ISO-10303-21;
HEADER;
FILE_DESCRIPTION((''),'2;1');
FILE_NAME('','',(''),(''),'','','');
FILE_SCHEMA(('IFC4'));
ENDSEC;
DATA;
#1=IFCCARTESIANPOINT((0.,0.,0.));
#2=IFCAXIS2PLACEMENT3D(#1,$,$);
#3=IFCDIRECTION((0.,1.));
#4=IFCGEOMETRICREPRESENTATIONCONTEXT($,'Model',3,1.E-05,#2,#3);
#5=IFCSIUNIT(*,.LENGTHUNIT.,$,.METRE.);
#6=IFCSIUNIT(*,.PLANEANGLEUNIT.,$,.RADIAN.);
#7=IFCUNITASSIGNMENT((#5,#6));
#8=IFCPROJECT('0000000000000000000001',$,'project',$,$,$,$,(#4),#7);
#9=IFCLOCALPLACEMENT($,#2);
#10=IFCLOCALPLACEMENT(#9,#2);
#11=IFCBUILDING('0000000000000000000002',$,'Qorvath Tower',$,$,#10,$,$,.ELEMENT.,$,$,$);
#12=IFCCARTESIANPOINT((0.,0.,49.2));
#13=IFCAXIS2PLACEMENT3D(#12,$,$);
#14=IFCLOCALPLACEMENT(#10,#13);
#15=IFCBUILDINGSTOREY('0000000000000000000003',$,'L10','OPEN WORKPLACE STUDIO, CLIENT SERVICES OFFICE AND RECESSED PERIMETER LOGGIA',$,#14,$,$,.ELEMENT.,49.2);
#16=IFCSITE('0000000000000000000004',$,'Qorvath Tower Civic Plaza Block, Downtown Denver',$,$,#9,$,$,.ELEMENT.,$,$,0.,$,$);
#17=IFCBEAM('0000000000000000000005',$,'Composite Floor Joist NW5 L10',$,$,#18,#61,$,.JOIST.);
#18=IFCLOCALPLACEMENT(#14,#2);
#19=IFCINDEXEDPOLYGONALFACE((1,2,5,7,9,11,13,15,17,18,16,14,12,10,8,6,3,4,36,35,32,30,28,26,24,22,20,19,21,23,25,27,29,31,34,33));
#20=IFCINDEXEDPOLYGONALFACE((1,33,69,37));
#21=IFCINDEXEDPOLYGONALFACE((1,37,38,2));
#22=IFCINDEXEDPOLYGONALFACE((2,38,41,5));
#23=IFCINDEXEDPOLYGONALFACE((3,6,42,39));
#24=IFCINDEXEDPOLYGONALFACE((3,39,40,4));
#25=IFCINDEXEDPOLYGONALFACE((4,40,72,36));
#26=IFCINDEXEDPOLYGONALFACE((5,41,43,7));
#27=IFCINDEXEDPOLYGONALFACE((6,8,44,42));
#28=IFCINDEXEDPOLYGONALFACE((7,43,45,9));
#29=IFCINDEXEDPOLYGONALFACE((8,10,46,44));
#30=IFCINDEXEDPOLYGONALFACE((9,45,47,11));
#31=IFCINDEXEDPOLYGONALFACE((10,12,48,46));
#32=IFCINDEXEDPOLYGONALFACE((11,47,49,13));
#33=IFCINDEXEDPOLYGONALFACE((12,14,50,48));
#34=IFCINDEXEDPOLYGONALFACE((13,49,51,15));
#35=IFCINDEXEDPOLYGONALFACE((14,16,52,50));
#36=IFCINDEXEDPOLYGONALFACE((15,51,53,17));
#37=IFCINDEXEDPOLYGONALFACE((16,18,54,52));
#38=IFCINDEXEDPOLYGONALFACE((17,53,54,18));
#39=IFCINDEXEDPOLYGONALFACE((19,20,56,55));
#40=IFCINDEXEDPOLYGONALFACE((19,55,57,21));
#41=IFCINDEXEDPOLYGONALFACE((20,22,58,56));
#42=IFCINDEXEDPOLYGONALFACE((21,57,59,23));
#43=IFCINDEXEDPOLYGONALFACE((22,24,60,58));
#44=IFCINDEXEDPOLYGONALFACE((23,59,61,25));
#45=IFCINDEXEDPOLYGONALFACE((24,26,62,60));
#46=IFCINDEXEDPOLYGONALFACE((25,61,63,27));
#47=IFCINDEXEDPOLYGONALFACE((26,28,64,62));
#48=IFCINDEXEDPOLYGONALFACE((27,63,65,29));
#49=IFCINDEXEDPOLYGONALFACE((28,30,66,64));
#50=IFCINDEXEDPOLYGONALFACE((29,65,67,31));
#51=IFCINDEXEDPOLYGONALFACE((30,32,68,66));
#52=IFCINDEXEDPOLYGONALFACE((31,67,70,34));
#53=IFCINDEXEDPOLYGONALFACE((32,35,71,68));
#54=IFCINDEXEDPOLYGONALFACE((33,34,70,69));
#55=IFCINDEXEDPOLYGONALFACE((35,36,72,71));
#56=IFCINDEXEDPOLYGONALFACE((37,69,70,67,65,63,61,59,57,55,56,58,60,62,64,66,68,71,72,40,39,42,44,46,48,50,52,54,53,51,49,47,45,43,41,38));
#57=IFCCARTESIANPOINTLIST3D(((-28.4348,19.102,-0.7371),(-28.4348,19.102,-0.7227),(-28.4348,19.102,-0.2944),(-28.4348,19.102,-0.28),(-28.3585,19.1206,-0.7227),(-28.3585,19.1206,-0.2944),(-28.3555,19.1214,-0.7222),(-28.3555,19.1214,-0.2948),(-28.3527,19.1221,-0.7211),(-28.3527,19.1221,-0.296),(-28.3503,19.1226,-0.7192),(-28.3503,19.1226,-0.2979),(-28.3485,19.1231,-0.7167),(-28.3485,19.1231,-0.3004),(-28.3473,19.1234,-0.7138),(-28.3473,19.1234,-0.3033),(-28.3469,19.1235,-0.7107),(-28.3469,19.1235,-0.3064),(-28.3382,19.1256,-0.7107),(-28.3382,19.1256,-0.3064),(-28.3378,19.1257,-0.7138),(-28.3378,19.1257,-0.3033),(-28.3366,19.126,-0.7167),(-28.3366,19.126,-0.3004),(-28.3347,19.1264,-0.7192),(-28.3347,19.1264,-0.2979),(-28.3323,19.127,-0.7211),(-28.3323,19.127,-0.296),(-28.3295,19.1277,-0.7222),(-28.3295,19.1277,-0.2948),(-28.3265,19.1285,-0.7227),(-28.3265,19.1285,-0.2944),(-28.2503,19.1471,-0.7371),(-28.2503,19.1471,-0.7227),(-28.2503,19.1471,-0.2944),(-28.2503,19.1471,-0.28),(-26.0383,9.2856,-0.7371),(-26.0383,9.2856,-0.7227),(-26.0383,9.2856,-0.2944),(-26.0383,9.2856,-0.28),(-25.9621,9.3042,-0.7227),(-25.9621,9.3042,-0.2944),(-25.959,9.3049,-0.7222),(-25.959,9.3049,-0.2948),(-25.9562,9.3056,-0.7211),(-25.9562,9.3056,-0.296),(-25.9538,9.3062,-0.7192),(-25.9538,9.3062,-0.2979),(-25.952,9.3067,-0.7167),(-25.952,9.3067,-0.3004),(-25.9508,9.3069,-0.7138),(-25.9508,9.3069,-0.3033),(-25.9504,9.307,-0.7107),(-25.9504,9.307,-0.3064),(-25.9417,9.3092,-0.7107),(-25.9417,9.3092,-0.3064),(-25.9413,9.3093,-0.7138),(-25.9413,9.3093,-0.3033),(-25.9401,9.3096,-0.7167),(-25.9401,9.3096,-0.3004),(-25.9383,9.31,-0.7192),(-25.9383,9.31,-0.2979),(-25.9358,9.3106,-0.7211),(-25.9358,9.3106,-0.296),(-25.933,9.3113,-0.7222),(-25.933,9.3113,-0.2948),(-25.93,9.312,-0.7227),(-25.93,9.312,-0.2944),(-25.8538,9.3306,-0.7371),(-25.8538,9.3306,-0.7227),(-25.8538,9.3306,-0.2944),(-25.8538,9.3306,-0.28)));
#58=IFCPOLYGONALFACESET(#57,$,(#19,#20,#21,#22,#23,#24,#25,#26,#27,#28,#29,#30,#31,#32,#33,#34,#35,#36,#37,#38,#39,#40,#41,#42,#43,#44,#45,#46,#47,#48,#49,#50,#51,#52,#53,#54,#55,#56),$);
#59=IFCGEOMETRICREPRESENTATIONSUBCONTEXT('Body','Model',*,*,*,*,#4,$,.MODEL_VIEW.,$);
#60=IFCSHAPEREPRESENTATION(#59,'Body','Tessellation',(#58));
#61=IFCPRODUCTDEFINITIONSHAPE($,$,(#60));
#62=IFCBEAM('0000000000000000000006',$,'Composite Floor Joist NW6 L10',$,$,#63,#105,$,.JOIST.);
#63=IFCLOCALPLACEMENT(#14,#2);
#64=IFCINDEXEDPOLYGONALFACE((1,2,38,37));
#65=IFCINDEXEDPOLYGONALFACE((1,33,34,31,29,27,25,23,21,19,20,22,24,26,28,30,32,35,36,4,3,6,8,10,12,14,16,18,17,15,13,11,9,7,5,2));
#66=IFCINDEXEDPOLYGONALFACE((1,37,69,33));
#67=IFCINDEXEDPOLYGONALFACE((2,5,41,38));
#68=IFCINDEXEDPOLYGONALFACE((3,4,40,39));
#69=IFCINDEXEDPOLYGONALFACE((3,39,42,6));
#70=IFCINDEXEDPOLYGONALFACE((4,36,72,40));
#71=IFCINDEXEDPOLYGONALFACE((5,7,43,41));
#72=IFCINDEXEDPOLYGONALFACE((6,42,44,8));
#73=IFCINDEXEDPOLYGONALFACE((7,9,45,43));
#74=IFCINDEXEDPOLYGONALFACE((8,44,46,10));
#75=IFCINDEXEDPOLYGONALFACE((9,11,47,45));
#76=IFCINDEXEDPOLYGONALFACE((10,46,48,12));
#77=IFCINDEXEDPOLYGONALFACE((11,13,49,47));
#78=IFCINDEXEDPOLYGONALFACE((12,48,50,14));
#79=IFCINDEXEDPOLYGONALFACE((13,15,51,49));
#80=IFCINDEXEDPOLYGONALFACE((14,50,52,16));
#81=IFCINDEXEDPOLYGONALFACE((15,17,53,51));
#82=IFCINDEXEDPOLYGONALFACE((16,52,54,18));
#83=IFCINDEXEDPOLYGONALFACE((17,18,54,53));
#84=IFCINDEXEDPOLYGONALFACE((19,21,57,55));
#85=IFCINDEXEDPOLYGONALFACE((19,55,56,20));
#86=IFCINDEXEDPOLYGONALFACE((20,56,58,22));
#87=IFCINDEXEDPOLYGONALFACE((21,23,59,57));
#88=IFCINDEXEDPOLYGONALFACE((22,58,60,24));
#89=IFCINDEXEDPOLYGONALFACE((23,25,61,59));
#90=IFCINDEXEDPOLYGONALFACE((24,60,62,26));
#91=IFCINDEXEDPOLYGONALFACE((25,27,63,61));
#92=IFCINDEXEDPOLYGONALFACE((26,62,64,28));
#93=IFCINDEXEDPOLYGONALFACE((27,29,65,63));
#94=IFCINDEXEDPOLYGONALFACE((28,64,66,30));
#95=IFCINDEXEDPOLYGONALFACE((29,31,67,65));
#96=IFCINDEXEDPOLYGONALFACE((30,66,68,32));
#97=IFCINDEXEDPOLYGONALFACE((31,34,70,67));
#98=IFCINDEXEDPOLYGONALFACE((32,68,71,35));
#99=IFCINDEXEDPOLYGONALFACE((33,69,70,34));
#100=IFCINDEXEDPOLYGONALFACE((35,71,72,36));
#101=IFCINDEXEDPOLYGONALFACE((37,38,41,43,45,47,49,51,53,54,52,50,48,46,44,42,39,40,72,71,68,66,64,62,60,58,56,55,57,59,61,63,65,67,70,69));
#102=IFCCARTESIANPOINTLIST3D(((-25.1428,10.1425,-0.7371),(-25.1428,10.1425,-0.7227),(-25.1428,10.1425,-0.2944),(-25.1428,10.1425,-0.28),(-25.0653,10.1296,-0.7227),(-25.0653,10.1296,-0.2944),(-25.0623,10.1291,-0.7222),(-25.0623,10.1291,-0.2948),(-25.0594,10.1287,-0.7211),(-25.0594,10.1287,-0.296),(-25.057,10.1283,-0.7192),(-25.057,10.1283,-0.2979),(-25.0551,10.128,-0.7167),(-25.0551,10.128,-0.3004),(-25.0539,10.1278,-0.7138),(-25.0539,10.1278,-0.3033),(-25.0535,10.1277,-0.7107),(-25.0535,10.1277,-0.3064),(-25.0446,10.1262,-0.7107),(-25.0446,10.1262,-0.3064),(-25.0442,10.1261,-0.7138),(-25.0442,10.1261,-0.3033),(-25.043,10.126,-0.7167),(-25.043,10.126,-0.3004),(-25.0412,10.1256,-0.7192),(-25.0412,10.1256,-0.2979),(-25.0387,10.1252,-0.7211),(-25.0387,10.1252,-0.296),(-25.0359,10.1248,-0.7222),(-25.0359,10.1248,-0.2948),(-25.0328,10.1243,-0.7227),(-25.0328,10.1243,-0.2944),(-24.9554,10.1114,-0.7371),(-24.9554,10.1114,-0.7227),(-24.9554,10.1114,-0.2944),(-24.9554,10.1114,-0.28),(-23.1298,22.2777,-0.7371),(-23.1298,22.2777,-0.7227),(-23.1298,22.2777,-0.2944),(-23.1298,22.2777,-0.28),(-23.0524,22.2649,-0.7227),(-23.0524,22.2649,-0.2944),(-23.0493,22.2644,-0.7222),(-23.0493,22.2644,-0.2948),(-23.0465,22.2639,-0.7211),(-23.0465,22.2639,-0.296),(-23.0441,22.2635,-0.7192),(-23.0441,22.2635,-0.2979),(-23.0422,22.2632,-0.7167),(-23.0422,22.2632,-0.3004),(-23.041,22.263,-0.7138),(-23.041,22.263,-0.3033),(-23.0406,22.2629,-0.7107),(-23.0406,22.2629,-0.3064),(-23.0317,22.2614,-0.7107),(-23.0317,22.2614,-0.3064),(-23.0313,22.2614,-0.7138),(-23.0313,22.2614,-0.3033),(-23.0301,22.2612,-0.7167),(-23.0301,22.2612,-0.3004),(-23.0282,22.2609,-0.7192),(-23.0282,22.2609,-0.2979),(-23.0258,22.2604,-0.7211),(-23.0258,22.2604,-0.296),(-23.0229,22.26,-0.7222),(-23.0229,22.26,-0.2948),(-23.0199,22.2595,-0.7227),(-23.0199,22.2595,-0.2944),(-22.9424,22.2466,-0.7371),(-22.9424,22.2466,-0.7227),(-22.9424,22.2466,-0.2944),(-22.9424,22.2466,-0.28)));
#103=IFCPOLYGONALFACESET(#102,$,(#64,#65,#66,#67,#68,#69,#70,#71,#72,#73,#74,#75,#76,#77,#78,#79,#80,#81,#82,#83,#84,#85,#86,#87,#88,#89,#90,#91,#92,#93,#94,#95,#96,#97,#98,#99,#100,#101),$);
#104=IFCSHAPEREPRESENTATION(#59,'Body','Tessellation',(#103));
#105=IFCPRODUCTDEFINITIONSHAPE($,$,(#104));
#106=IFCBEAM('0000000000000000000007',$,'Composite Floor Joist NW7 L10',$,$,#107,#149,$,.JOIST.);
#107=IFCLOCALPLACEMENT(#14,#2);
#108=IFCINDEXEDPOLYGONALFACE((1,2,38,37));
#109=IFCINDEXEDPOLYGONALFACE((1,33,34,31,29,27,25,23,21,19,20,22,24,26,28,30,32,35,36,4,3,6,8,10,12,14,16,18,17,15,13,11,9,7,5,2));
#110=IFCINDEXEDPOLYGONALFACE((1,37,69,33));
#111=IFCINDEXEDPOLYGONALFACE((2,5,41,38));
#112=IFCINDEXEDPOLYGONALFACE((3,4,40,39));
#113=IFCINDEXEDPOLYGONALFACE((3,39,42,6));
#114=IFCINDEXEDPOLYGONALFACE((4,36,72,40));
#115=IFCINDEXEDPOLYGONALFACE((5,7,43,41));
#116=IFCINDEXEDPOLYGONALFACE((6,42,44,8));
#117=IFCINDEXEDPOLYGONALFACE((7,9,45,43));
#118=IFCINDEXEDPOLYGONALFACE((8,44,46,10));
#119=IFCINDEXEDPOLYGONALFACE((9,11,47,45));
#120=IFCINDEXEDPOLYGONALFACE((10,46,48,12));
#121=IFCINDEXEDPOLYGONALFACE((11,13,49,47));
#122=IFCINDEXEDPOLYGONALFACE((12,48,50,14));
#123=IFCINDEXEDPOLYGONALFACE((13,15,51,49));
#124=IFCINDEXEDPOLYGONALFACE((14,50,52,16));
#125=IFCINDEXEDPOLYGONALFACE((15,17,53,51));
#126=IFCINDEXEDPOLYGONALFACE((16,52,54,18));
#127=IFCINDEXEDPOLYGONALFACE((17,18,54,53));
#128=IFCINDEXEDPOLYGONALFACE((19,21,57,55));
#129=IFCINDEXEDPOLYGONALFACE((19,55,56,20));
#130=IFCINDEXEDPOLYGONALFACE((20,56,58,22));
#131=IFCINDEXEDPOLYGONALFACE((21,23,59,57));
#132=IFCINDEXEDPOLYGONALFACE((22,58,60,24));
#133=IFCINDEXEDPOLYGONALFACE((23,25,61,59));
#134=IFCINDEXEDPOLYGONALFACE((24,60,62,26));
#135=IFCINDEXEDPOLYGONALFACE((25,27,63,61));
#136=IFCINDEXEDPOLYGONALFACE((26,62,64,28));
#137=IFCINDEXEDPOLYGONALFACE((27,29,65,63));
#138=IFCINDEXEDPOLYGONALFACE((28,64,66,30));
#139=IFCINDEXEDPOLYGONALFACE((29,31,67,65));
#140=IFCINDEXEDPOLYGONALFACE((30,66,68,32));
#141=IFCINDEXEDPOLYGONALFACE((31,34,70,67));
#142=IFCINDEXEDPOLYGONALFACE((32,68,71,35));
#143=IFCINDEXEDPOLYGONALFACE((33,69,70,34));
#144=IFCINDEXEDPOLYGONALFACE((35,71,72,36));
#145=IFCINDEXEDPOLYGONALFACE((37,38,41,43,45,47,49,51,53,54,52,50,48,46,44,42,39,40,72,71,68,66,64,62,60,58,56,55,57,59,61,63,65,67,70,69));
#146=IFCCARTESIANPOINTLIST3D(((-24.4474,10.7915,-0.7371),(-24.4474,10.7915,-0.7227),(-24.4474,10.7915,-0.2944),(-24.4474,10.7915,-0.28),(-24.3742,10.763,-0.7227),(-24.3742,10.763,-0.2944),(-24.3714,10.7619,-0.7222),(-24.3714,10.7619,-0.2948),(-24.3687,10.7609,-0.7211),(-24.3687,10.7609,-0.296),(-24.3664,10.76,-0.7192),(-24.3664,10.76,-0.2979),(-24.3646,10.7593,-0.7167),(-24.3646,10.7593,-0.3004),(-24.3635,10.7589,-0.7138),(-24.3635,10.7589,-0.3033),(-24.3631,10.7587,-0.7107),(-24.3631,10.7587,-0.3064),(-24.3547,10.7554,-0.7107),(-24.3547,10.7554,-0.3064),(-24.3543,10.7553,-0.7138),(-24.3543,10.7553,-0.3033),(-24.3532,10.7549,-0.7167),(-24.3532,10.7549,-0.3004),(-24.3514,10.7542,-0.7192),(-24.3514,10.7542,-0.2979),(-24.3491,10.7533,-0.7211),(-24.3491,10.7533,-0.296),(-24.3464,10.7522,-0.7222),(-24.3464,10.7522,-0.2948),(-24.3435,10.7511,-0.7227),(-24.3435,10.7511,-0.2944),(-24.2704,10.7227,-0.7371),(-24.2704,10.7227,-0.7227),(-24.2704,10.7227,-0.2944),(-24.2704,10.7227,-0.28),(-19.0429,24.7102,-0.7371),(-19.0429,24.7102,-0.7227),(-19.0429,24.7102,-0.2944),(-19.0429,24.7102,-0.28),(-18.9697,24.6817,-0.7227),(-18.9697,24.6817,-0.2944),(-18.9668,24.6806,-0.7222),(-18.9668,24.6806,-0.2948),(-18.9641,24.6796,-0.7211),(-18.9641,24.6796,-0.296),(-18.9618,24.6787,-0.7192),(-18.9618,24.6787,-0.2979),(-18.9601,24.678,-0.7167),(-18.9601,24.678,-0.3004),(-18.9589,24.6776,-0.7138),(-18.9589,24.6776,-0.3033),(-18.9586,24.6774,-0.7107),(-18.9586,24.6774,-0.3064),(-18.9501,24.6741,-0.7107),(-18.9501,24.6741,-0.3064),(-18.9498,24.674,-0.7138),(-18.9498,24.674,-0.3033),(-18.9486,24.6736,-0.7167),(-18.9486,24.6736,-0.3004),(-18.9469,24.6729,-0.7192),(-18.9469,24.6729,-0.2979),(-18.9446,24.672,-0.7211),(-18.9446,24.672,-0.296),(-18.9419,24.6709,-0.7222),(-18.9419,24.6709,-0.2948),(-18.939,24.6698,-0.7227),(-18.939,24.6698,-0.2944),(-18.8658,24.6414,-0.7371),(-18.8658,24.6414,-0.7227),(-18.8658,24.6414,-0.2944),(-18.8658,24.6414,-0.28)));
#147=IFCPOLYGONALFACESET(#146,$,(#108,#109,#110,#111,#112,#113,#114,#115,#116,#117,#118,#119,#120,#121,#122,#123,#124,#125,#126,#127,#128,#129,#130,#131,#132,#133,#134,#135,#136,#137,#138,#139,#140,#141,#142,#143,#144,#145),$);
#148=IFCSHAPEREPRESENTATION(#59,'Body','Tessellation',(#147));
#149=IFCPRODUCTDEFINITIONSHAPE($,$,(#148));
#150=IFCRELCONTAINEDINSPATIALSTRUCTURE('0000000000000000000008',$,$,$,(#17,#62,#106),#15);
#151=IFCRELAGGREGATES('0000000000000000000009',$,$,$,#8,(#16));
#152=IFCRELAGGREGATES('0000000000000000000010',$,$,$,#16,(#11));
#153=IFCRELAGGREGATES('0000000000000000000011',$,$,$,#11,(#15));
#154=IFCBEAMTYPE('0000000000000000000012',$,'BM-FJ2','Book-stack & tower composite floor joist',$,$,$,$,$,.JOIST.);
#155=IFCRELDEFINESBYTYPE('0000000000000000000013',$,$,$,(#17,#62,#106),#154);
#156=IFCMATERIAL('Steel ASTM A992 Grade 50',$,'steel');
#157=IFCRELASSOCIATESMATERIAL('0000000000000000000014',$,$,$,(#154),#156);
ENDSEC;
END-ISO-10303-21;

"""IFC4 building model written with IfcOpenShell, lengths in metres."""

from ifc_helpers import new_model, si_unit, direction, frame, origin, origin_2d, place, context, subcontext, project, spatial, i_section, extrude, material, material_profile, profile_set, type_object, element, save


model = new_model("IFC4")

# Units and contexts
model_context = context("Model", 3, precision=1e-05, world=origin(), true_north=direction((0.0, 1.0)))
body_context = subcontext(model_context, "Body", "Model", "MODEL_VIEW")
ifc_project = project(units=[si_unit("LENGTHUNIT", "METRE"), si_unit("PLANEANGLEUNIT", "RADIAN")], contexts=[model_context])

# Site, building, storey
site_placement = place(None, origin())
site = spatial("IfcSite", under=ifc_project, at=site_placement, Name="Qorvath Tower Civic Plaza Block, Downtown Denver", CompositionType="ELEMENT", RefElevation=0.0)
building_placement = place(site_placement, origin())
building = spatial("IfcBuilding", under=site, at=building_placement, Name="Qorvath Tower", CompositionType="ELEMENT")
storey_placement = place(building_placement, frame((0.0, 0.0, 49.2)))
storey = spatial("IfcBuildingStorey", under=building, at=storey_placement, Name="L10", Description="OPEN WORKPLACE STUDIO, CLIENT SERVICES OFFICE AND RECESSED PERIMETER LOGGIA", CompositionType="ELEMENT", Elevation=49.2)

# Beams
ifc_material_1 = material(Name="Steel ASTM A992 Grade 50", Category="steel")
ifc_material_profile_1 = material_profile(ifc_material_1, i_section(OverallWidth=0.1899, OverallDepth=0.457, WebThickness=0.009, FlangeThickness=0.0144, FilletRadius=0.012, at=origin_2d()), Name="W18x50")
ifc_profile_set_1 = profile_set([ifc_material_profile_1], Name="Steel ASTM A992 Grade 50")
beam_type_1 = type_object("IfcBeamType", Name="BM-FJ2", Description="Book-stack & tower composite floor joist", PredefinedType="JOIST", material=ifc_profile_set_1)
beam_1_placement = place(storey_placement, frame((-25.946, 9.3081, -0.5085), z_axis=(-0.237165, 0.971469, 0.0), x_axis=(-0.971469, -0.237165, 0.0)))
element("IfcBeam", 1, at=beam_1_placement, inside=storey, type_object=beam_type_1, Name="Composite Floor Joist NW5 L10", PredefinedType="JOIST", context=body_context, shape_type="SweptSolid", body=[
    extrude(i_section(OverallWidth=0.1899, OverallDepth=0.457, WebThickness=0.009, FlangeThickness=0.0144, FilletRadius=0.012, at=origin_2d()), origin(), (0.0, 0.0, 1.0), 10.1047),
])
beam_2_placement = place(storey_placement, frame((-25.0491, 10.127, -0.5085), z_axis=(0.163639, 0.98652, 0.0), x_axis=(-0.98652, 0.163639, 0.0)))
element("IfcBeam", 2, at=beam_2_placement, inside=storey, type_object=beam_type_1, Name="Composite Floor Joist NW6 L10", PredefinedType="JOIST", context=body_context, shape_type="SweptSolid", body=[
    extrude(i_section(OverallWidth=0.1899, OverallDepth=0.457, WebThickness=0.009, FlangeThickness=0.0144, FilletRadius=0.012, at=origin_2d()), origin(), (0.0, 0.0, 1.0), 12.301),
])
beam_3_placement = place(storey_placement, frame((-24.3589, 10.7571, -0.5085), z_axis=(0.361964, 0.932192, 0.0), x_axis=(-0.932192, 0.361964, 0.0)))
element("IfcBeam", 3, at=beam_3_placement, inside=storey, type_object=beam_type_1, Name="Composite Floor Joist NW7 L10", PredefinedType="JOIST", context=body_context, shape_type="SweptSolid", body=[
    extrude(i_section(OverallWidth=0.1899, OverallDepth=0.457, WebThickness=0.009, FlangeThickness=0.0144, FilletRadius=0.012, at=origin_2d()), origin(), (0.0, 0.0, 1.0), 14.9312),
])

save(model, "model.ifc")
